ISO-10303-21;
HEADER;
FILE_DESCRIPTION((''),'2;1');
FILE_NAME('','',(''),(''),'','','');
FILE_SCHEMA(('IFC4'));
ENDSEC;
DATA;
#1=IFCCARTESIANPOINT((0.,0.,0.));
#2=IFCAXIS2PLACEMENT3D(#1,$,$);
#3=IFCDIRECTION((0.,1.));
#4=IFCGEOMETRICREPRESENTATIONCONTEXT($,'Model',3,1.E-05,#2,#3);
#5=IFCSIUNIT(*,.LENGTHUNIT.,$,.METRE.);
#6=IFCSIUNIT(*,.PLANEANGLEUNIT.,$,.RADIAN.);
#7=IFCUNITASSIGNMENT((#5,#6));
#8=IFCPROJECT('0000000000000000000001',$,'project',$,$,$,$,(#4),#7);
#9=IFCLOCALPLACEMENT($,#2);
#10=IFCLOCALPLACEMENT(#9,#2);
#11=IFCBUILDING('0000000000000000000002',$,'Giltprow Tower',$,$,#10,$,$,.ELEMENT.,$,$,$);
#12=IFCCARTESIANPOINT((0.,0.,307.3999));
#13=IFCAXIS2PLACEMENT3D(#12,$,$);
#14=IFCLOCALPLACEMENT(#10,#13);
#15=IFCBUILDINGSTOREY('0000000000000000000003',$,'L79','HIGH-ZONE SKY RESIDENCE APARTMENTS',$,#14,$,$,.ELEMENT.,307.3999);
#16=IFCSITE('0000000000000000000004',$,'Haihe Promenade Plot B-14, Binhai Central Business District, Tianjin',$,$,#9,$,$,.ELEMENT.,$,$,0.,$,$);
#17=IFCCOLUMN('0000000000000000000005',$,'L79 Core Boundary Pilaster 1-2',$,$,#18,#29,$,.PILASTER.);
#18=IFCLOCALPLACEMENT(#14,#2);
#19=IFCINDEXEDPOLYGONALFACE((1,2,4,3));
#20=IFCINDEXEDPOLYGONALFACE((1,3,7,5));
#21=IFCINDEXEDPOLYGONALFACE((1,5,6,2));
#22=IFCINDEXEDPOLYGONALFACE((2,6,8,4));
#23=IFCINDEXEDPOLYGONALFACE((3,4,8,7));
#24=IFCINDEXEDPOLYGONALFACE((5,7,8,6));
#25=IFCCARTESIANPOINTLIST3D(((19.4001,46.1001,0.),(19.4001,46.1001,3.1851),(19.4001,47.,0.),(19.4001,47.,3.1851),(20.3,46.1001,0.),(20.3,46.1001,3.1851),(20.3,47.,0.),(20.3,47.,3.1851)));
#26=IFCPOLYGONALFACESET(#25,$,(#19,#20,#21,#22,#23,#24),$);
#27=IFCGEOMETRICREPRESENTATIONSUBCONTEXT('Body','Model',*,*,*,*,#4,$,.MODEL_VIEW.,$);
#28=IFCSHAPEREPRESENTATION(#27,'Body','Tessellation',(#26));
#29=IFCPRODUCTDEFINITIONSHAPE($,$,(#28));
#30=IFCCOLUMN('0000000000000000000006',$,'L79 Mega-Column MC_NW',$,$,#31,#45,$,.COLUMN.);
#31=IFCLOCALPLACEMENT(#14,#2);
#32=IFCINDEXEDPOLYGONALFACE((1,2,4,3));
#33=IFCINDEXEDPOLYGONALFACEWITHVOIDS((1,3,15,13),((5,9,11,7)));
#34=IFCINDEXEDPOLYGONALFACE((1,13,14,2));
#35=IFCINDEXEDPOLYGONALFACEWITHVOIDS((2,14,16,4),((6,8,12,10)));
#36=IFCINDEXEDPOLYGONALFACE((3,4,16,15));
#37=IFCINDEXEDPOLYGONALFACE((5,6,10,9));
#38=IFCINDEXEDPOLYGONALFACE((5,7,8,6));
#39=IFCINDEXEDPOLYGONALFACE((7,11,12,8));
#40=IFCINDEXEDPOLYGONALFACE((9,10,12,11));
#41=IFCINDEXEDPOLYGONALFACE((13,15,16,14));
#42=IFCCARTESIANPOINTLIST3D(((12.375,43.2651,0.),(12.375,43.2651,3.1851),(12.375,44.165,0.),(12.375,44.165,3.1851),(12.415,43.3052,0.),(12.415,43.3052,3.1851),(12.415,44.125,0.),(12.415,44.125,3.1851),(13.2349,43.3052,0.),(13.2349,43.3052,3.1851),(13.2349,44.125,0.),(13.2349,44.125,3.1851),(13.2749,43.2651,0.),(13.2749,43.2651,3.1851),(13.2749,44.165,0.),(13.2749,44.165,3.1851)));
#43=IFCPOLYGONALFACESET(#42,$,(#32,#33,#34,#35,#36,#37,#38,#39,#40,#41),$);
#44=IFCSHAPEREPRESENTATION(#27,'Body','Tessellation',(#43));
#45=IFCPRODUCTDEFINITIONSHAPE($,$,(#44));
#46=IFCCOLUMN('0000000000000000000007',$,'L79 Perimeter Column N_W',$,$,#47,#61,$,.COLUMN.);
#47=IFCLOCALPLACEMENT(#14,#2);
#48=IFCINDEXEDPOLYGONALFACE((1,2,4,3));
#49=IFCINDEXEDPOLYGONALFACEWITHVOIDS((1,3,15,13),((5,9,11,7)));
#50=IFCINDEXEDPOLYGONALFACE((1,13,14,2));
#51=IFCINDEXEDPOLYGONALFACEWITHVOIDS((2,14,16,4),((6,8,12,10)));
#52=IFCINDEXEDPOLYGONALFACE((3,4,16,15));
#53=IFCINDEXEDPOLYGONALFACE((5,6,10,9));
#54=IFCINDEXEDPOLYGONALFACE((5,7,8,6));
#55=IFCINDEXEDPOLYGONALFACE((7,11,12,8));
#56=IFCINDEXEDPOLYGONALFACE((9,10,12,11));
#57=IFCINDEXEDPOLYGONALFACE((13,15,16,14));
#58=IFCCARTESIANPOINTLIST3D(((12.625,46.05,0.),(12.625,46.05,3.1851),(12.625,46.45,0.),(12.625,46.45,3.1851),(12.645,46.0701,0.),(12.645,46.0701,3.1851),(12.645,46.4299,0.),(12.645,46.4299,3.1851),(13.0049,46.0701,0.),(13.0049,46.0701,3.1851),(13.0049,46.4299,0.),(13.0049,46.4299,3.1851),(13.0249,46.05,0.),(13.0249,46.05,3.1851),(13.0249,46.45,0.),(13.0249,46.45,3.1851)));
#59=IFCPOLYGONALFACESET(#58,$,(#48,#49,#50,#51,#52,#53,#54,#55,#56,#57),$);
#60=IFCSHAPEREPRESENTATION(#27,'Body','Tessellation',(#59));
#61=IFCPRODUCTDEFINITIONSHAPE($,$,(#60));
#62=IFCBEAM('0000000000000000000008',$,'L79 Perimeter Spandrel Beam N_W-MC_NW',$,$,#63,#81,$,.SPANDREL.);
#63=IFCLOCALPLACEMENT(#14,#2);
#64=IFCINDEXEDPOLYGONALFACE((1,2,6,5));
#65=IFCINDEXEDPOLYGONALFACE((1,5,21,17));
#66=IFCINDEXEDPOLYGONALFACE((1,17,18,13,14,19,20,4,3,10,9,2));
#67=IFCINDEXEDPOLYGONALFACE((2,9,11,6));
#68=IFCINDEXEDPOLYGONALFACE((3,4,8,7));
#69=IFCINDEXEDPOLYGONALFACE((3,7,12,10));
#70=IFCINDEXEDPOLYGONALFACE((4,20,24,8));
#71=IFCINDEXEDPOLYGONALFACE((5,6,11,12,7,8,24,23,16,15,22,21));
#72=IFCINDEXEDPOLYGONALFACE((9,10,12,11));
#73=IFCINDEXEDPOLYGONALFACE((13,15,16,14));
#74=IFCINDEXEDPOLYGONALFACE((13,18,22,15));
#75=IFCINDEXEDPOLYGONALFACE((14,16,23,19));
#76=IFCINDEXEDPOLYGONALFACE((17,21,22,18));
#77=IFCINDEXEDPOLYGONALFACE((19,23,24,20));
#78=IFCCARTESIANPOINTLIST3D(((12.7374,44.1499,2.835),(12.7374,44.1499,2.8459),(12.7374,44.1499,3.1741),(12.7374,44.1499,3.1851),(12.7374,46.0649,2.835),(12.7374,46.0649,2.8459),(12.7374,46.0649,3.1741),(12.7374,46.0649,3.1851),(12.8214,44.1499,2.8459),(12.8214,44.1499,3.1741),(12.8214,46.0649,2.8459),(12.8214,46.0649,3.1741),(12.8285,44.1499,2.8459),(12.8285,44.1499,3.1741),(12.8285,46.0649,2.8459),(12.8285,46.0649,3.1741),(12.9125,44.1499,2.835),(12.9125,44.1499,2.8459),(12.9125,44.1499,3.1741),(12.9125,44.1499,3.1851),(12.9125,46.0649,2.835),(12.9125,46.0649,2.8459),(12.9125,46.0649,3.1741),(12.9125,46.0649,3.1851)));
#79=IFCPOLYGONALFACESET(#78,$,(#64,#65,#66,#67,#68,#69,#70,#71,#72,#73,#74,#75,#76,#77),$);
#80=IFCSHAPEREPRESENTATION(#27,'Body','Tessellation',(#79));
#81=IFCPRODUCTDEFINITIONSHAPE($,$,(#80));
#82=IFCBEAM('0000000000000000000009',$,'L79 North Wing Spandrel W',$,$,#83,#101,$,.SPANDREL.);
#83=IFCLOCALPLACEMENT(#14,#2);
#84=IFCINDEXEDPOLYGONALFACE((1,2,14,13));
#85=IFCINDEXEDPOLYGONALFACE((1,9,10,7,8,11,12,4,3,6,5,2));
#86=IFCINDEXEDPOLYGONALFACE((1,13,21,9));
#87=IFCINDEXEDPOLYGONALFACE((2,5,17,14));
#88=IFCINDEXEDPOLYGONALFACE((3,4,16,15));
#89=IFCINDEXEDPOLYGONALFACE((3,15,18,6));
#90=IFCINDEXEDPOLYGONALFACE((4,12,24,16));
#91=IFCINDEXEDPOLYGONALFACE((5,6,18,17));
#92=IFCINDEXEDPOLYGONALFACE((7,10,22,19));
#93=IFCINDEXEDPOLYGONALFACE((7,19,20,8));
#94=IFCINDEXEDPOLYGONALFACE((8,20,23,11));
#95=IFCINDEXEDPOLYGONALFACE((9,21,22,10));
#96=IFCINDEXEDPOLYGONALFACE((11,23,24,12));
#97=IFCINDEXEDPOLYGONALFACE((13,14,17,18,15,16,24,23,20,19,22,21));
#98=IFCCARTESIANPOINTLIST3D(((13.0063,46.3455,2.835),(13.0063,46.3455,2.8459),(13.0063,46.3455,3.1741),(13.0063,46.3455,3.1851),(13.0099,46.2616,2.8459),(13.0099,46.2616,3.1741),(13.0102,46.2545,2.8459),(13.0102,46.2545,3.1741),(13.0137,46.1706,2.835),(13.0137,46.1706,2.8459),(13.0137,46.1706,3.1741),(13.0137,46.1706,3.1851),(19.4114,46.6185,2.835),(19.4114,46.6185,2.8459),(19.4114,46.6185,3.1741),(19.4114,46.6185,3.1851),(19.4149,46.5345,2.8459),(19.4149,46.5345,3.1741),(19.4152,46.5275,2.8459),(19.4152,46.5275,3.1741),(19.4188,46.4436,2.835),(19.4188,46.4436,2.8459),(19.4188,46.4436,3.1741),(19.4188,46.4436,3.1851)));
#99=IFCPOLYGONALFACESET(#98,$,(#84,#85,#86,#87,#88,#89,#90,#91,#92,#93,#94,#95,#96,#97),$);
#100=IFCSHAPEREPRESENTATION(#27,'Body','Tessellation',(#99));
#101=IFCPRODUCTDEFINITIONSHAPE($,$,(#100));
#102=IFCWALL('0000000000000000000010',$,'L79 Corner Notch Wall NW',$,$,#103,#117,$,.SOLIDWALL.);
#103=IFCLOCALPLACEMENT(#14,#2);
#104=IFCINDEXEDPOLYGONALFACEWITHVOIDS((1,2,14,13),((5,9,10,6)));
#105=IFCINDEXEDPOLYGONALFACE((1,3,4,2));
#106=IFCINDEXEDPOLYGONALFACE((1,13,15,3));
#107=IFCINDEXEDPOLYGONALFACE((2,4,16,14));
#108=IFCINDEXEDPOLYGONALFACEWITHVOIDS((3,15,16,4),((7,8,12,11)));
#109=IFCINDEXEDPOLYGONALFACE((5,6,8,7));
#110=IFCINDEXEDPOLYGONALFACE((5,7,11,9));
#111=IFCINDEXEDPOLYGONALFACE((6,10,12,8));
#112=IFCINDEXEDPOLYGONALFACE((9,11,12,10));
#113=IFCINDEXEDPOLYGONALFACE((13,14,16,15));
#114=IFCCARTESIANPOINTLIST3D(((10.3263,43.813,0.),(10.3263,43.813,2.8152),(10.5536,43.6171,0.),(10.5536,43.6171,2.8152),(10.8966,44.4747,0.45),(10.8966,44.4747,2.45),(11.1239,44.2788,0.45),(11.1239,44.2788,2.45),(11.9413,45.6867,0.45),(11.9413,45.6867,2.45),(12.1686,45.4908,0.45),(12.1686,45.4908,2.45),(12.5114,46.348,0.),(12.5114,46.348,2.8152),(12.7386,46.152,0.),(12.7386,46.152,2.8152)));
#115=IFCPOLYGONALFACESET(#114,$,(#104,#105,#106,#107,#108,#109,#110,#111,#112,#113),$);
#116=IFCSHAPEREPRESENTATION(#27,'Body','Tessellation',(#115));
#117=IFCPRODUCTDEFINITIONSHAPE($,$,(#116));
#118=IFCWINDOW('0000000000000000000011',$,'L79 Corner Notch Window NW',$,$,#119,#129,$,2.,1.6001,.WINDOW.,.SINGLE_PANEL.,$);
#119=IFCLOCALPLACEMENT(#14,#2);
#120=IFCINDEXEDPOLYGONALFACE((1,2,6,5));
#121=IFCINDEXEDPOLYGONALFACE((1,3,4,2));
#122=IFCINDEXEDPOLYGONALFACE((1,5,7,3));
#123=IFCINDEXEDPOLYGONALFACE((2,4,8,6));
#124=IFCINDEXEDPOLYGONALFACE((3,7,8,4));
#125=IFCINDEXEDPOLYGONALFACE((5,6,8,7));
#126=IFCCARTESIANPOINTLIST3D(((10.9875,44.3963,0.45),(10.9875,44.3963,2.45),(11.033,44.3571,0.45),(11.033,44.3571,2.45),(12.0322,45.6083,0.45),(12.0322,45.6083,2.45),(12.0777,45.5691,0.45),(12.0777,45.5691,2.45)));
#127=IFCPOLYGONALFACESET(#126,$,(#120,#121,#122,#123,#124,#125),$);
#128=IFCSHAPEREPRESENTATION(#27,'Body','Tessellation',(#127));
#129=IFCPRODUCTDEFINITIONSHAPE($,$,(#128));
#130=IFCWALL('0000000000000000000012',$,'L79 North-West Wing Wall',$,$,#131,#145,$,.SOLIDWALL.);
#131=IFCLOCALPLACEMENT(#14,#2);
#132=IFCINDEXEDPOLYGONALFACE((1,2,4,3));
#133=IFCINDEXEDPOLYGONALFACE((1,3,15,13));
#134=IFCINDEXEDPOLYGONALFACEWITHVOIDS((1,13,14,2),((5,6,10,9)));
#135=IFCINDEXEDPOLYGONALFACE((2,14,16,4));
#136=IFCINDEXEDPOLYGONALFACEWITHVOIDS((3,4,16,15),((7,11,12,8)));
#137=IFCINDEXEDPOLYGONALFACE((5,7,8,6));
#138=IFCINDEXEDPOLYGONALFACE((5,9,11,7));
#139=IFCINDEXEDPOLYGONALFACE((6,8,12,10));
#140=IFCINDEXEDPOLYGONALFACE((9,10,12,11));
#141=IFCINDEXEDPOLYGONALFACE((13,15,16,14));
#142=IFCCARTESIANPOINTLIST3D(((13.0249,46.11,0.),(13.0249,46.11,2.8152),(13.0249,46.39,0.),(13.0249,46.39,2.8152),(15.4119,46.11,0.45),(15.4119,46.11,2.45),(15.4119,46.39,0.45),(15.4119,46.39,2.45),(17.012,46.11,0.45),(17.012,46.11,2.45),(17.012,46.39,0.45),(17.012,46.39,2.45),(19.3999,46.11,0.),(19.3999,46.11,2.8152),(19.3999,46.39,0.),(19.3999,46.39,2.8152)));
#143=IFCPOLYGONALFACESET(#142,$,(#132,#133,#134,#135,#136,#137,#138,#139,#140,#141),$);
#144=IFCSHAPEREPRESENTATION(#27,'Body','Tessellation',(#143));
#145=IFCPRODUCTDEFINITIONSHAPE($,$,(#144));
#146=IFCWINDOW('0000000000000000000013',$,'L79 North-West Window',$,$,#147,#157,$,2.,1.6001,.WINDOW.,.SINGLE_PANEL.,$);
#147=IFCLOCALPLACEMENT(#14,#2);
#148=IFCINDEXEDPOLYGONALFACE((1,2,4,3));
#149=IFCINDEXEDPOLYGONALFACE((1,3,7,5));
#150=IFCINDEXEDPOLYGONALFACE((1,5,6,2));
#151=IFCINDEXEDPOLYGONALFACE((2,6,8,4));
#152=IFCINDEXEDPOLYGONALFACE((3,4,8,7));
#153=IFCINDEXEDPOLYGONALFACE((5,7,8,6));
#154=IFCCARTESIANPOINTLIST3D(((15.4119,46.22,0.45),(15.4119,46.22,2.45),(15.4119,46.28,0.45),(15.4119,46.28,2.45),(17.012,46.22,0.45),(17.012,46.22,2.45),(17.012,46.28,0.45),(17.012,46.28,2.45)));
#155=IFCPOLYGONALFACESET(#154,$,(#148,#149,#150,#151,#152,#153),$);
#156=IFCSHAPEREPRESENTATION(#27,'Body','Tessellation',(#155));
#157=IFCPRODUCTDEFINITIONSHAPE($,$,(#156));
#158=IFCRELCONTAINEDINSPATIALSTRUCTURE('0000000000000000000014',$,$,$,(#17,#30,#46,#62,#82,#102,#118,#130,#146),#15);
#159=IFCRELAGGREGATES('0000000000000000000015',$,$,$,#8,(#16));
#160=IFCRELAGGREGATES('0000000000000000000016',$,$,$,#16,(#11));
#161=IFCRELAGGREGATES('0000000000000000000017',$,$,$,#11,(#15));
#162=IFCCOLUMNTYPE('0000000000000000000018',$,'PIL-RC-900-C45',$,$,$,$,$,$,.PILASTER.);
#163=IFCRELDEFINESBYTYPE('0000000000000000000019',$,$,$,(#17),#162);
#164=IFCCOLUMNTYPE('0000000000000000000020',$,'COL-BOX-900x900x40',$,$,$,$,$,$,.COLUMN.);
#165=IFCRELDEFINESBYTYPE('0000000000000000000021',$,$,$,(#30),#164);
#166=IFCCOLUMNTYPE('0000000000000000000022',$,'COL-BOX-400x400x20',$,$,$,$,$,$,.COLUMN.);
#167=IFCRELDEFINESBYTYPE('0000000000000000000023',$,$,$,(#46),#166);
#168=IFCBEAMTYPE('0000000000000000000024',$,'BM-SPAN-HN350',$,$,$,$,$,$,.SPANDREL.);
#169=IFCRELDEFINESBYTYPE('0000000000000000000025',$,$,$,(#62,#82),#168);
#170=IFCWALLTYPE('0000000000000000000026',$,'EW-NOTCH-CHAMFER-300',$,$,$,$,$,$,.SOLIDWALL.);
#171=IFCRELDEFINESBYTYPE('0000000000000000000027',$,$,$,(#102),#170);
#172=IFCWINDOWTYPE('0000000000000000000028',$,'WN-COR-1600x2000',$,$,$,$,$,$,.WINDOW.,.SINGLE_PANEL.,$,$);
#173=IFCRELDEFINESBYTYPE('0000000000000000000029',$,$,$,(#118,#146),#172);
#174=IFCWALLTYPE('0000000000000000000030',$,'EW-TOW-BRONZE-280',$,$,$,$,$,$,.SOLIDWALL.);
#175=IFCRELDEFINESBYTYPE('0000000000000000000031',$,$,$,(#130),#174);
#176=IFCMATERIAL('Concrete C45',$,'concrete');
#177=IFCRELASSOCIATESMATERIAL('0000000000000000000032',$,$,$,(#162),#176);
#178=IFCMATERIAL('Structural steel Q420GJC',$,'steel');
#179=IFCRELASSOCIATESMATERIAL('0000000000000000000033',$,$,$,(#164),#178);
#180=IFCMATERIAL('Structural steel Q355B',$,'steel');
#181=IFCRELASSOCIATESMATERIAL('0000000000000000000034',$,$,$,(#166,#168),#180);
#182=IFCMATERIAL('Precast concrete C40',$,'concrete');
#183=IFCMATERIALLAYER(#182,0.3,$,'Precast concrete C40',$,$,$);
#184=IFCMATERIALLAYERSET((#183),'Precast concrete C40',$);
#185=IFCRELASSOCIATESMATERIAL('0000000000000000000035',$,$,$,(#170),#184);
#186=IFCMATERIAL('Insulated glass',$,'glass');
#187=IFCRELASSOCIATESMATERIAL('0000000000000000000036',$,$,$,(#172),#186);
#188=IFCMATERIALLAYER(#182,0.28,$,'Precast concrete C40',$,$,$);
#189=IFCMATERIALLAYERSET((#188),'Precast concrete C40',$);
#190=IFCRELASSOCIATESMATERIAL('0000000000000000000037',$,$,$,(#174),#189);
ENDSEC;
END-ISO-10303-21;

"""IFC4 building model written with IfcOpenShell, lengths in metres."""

from ifc_helpers import new_model, si_unit, direction, frame, frame_2d, origin, origin_2d, place, context, subcontext, project, spatial, rectangle, hollow_rectangle, i_section, extrude, source, transform, mapped, material, layer, layer_set, material_profile, profile_set, type_object, element, fill, save


model = new_model("IFC4")

# Units and contexts
model_context = context("Model", 3, precision=1e-05, world=origin(), true_north=direction((0.0, 1.0)))
body_context = subcontext(model_context, "Body", "Model", "MODEL_VIEW")
ifc_project = project(units=[si_unit("LENGTHUNIT", "METRE"), si_unit("PLANEANGLEUNIT", "RADIAN")], contexts=[model_context])

# Site, building, storey
site_placement = place(None, origin())
site = spatial("IfcSite", under=ifc_project, at=site_placement, Name="Haihe Promenade Plot B-14, Binhai Central Business District, Tianjin", CompositionType="ELEMENT", RefElevation=0.0)
building_placement = place(site_placement, origin())
building = spatial("IfcBuilding", under=site, at=building_placement, Name="Giltprow Tower", CompositionType="ELEMENT")
storey_placement = place(building_placement, frame((0.0, 0.0, 307.3999)))
storey = spatial("IfcBuildingStorey", under=building, at=storey_placement, Name="L79", Description="HIGH-ZONE SKY RESIDENCE APARTMENTS", CompositionType="ELEMENT", Elevation=307.3999)

# Columns
ifc_material_1 = material(Name="Concrete C45", Category="concrete")
ifc_material_profile_1 = material_profile(ifc_material_1, rectangle(XDim=0.8999, YDim=0.8999, at=origin_2d()), Name="RC 900x900")
ifc_profile_set_1 = profile_set([ifc_material_profile_1], Name="Concrete C45")
column_type_1 = type_object("IfcColumnType", Name="PIL-RC-900-C45", PredefinedType="PILASTER", material=ifc_profile_set_1)
shared_shape_1 = source(origin(), body_context, "Body", "SweptSolid", [
    extrude(rectangle(XDim=0.8999, YDim=0.8999, at=origin_2d()), origin(), (0.0, 0.0, 1.0), 3.1851),
])
column_1_placement = place(storey_placement, frame((19.8501, 46.55, 0.0), z_axis=(0.0, 0.0, 1.0), x_axis=(1.0, 0.0, 0.0)))
element("IfcColumn", 1, at=column_1_placement, inside=storey, type_object=column_type_1, Name="L79 Core Boundary Pilaster 1-2", PredefinedType="PILASTER", context=body_context, shape_type="MappedRepresentation", body=[
    mapped(shared_shape_1, transform((0.0, 0.0, 0.0), x_axis=(1.0, 0.0, 0.0), y_axis=(0.0, 1.0, 0.0), z_axis=(0.0, 0.0, 1.0), scale=1.0)),
])
ifc_material_2 = material(Name="Structural steel Q420GJC", Category="steel")
ifc_material_profile_2 = material_profile(ifc_material_2, hollow_rectangle(XDim=0.8999, YDim=0.8999, WallThickness=0.04, at=origin_2d()), Name="BOX 900x900x40")
ifc_profile_set_2 = profile_set([ifc_material_profile_2], Name="Structural steel Q420GJC")
column_type_2 = type_object("IfcColumnType", Name="COL-BOX-900x900x40", PredefinedType="COLUMN", material=ifc_profile_set_2)
shared_shape_2 = source(origin(), body_context, "Body", "SweptSolid", [
    extrude(hollow_rectangle(XDim=0.8999, YDim=0.8999, WallThickness=0.04, at=origin_2d()), origin(), (0.0, 0.0, 1.0), 3.1851),
])
column_2_placement = place(storey_placement, frame((12.825, 43.7151, 0.0), z_axis=(0.0, 0.0, 1.0), x_axis=(1.0, 0.0, 0.0)))
element("IfcColumn", 2, at=column_2_placement, inside=storey, type_object=column_type_2, Name="L79 Mega-Column MC_NW", PredefinedType="COLUMN", context=body_context, shape_type="MappedRepresentation", body=[
    mapped(shared_shape_2, transform((0.0, 0.0, 0.0), x_axis=(1.0, 0.0, 0.0), y_axis=(0.0, 1.0, 0.0), z_axis=(0.0, 0.0, 1.0), scale=1.0)),
])
ifc_material_3 = material(Name="Structural steel Q355B", Category="steel")
ifc_material_profile_3 = material_profile(ifc_material_3, hollow_rectangle(XDim=0.3999, YDim=0.3999, WallThickness=0.02, at=origin_2d()), Name="BOX 400x400x20")
ifc_profile_set_3 = profile_set([ifc_material_profile_3], Name="Structural steel Q355B")
column_type_3 = type_object("IfcColumnType", Name="COL-BOX-400x400x20", PredefinedType="COLUMN", material=ifc_profile_set_3)
shared_shape_3 = source(origin(), body_context, "Body", "SweptSolid", [
    extrude(hollow_rectangle(XDim=0.3999, YDim=0.3999, WallThickness=0.02, at=origin_2d()), origin(), (0.0, 0.0, 1.0), 3.1851),
])
column_3_placement = place(storey_placement, frame((12.825, 46.25, 0.0), z_axis=(0.0, 0.0, 1.0), x_axis=(1.0, 0.0, 0.0)))
element("IfcColumn", 3, at=column_3_placement, inside=storey, type_object=column_type_3, Name="L79 Perimeter Column N_W", PredefinedType="COLUMN", context=body_context, shape_type="MappedRepresentation", body=[
    mapped(shared_shape_3, transform((0.0, 0.0, 0.0), x_axis=(1.0, 0.0, 0.0), y_axis=(0.0, 1.0, 0.0), z_axis=(0.0, 0.0, 1.0), scale=1.0)),
])

# Beams
ifc_material_profile_4 = material_profile(ifc_material_3, i_section(OverallWidth=0.175, OverallDepth=0.3501, WebThickness=0.0071, FlangeThickness=0.011, at=origin_2d()), Name="HN 350x175x7x11")
ifc_profile_set_4 = profile_set([ifc_material_profile_4], Name="Structural steel Q355B")
beam_type = type_object("IfcBeamType", Name="BM-SPAN-HN350", PredefinedType="SPANDREL", material=ifc_profile_set_4)
shared_shape_4 = source(origin(), body_context, "Body", "SweptSolid", [
    extrude(i_section(OverallWidth=0.175, OverallDepth=0.3501, WebThickness=0.0071, FlangeThickness=0.011, at=origin_2d()), origin(), (0.0, 0.0, 1.0), 1.915),
])
beam_1_placement = place(storey_placement, frame((12.825, 46.0649, 3.01), z_axis=(0.0, -1.0, 0.0), x_axis=(1.0, 0.0, 0.0)))
element("IfcBeam", 4, at=beam_1_placement, inside=storey, type_object=beam_type, Name="L79 Perimeter Spandrel Beam N_W-MC_NW", PredefinedType="SPANDREL", context=body_context, shape_type="MappedRepresentation", body=[
    mapped(shared_shape_4, transform((0.0, 0.0, 0.0), x_axis=(1.0, 0.0, 0.0), y_axis=(0.0, 1.0, 0.0), z_axis=(0.0, 0.0, 1.0), scale=1.0)),
])
shared_shape_5 = source(origin(), body_context, "Body", "SweptSolid", [
    extrude(i_section(OverallWidth=0.175, OverallDepth=0.3501, WebThickness=0.0071, FlangeThickness=0.011, at=origin_2d()), origin(), (0.0, 0.0, 1.0), 6.4109),
])
beam_2_placement = place(storey_placement, frame((13.01, 46.2581, 3.01), z_axis=(0.999093, 0.042576, 0.0), x_axis=(-0.042576, 0.999093, 0.0)))
element("IfcBeam", 5, at=beam_2_placement, inside=storey, type_object=beam_type, Name="L79 North Wing Spandrel W", PredefinedType="SPANDREL", context=body_context, shape_type="MappedRepresentation", body=[
    mapped(shared_shape_5, transform((0.0, 0.0, 0.0), x_axis=(1.0, 0.0, 0.0), y_axis=(0.0, 1.0, 0.0), z_axis=(0.0, 0.0, 1.0), scale=1.0)),
])

# Walls, openings, windows
ifc_material_4 = material(Name="Precast concrete C40", Category="concrete")
ifc_layer_1 = layer(ifc_material_4, 0.3, Name="Precast concrete C40")
ifc_layer_set_1 = layer_set([ifc_layer_1], Name="Precast concrete C40")
wall_type_1 = type_object("IfcWallType", Name="EW-NOTCH-CHAMFER-300", PredefinedType="SOLIDWALL", material=ifc_layer_set_1)
wall_1_placement = place(storey_placement, frame((12.625, 46.25, 0.0), z_axis=(0.0, 0.0, 1.0), x_axis=(-0.652904, -0.757441, 0.0)))
wall_1 = element("IfcWall", 6, at=wall_1_placement, inside=storey, type_object=wall_type_1, Name="L79 Corner Notch Wall NW", PredefinedType="SOLIDWALL", context=body_context, shape_type="SweptSolid", body=[
    extrude(rectangle(XDim=3.3467, YDim=0.3, at=frame_2d((1.6733, 0.0))), origin(), (0.0, 0.0, 1.0), 2.8152),
])
opening_1_placement = place(wall_1_placement, frame((0.873, 0.0, 0.45)))
opening_1 = element("IfcOpeningElement", 7, at=opening_1_placement, cuts=wall_1, PredefinedType="OPENING", context=body_context, shape_type="SweptSolid", body=[
    extrude(rectangle(XDim=1.6001, YDim=2.0, at=frame_2d((0.8, 1.0))), frame((0.0, 0.1599, 0.0), z_axis=(0.0, -1.0, 0.0), x_axis=(1.0, 0.0, 0.0)), (0.0, 0.0, 1.0), 0.3201),
])
ifc_material_5 = material(Name="Insulated glass", Category="glass")
window_type = type_object("IfcWindowType", Name="WN-COR-1600x2000", PartitioningType="SINGLE_PANEL", PredefinedType="WINDOW", material=ifc_material_5)
shared_shape_6 = source(origin(), body_context, "Body", "SweptSolid", [
    extrude(rectangle(XDim=1.6001, YDim=2.0, at=frame_2d((0.8, 1.0))), frame((0.0, 0.03, 0.0), z_axis=(0.0, -1.0, 0.0), x_axis=(1.0, 0.0, 0.0)), (0.0, 0.0, 1.0), 0.0601),
])
window_1_placement = place(opening_1_placement, origin())
window_1 = element("IfcWindow", 8, at=window_1_placement, inside=storey, type_object=window_type, Name="L79 Corner Notch Window NW", OverallHeight=2.0, OverallWidth=1.6001, PartitioningType="SINGLE_PANEL", PredefinedType="WINDOW", context=body_context, shape_type="MappedRepresentation", body=[
    mapped(shared_shape_6, transform((0.0, 0.0, 0.0), x_axis=(1.0, 0.0, 0.0), y_axis=(0.0, 1.0, 0.0), z_axis=(0.0, 0.0, 1.0), scale=1.0)),
])
fill(opening_1, window_1)
ifc_layer_2 = layer(ifc_material_4, 0.28, Name="Precast concrete C40")
ifc_layer_set_2 = layer_set([ifc_layer_2], Name="Precast concrete C40")
wall_type_2 = type_object("IfcWallType", Name="EW-TOW-BRONZE-280", PredefinedType="SOLIDWALL", material=ifc_layer_set_2)
wall_2_placement = place(storey_placement, frame((13.0249, 46.25, 0.0), z_axis=(0.0, 0.0, 1.0), x_axis=(1.0, 0.0, 0.0)))
wall_2 = element("IfcWall", 9, at=wall_2_placement, inside=storey, type_object=wall_type_2, Name="L79 North-West Wing Wall", PredefinedType="SOLIDWALL", context=body_context, shape_type="SweptSolid", body=[
    extrude(rectangle(XDim=6.375, YDim=0.28, at=frame_2d((3.1875, 0.0))), origin(), (0.0, 0.0, 1.0), 2.8152),
])
opening_2_placement = place(wall_2_placement, frame((2.387, 0.0, 0.45)))
opening_2 = element("IfcOpeningElement", 10, at=opening_2_placement, cuts=wall_2, PredefinedType="OPENING", context=body_context, shape_type="SweptSolid", body=[
    extrude(rectangle(XDim=1.6001, YDim=2.0, at=frame_2d((0.8, 1.0))), frame((0.0, 0.1499, 0.0), z_axis=(0.0, -1.0, 0.0), x_axis=(1.0, 0.0, 0.0)), (0.0, 0.0, 1.0), 0.3),
])
window_2_placement = place(opening_2_placement, origin())
window_2 = element("IfcWindow", 11, at=window_2_placement, inside=storey, type_object=window_type, Name="L79 North-West Window", OverallHeight=2.0, OverallWidth=1.6001, PartitioningType="SINGLE_PANEL", PredefinedType="WINDOW", context=body_context, shape_type="MappedRepresentation", body=[
    mapped(shared_shape_6, transform((0.0, 0.0, 0.0), x_axis=(1.0, 0.0, 0.0), y_axis=(0.0, 1.0, 0.0), z_axis=(0.0, 0.0, 1.0), scale=1.0)),
])
fill(opening_2, window_2)

save(model, "model.ifc")
